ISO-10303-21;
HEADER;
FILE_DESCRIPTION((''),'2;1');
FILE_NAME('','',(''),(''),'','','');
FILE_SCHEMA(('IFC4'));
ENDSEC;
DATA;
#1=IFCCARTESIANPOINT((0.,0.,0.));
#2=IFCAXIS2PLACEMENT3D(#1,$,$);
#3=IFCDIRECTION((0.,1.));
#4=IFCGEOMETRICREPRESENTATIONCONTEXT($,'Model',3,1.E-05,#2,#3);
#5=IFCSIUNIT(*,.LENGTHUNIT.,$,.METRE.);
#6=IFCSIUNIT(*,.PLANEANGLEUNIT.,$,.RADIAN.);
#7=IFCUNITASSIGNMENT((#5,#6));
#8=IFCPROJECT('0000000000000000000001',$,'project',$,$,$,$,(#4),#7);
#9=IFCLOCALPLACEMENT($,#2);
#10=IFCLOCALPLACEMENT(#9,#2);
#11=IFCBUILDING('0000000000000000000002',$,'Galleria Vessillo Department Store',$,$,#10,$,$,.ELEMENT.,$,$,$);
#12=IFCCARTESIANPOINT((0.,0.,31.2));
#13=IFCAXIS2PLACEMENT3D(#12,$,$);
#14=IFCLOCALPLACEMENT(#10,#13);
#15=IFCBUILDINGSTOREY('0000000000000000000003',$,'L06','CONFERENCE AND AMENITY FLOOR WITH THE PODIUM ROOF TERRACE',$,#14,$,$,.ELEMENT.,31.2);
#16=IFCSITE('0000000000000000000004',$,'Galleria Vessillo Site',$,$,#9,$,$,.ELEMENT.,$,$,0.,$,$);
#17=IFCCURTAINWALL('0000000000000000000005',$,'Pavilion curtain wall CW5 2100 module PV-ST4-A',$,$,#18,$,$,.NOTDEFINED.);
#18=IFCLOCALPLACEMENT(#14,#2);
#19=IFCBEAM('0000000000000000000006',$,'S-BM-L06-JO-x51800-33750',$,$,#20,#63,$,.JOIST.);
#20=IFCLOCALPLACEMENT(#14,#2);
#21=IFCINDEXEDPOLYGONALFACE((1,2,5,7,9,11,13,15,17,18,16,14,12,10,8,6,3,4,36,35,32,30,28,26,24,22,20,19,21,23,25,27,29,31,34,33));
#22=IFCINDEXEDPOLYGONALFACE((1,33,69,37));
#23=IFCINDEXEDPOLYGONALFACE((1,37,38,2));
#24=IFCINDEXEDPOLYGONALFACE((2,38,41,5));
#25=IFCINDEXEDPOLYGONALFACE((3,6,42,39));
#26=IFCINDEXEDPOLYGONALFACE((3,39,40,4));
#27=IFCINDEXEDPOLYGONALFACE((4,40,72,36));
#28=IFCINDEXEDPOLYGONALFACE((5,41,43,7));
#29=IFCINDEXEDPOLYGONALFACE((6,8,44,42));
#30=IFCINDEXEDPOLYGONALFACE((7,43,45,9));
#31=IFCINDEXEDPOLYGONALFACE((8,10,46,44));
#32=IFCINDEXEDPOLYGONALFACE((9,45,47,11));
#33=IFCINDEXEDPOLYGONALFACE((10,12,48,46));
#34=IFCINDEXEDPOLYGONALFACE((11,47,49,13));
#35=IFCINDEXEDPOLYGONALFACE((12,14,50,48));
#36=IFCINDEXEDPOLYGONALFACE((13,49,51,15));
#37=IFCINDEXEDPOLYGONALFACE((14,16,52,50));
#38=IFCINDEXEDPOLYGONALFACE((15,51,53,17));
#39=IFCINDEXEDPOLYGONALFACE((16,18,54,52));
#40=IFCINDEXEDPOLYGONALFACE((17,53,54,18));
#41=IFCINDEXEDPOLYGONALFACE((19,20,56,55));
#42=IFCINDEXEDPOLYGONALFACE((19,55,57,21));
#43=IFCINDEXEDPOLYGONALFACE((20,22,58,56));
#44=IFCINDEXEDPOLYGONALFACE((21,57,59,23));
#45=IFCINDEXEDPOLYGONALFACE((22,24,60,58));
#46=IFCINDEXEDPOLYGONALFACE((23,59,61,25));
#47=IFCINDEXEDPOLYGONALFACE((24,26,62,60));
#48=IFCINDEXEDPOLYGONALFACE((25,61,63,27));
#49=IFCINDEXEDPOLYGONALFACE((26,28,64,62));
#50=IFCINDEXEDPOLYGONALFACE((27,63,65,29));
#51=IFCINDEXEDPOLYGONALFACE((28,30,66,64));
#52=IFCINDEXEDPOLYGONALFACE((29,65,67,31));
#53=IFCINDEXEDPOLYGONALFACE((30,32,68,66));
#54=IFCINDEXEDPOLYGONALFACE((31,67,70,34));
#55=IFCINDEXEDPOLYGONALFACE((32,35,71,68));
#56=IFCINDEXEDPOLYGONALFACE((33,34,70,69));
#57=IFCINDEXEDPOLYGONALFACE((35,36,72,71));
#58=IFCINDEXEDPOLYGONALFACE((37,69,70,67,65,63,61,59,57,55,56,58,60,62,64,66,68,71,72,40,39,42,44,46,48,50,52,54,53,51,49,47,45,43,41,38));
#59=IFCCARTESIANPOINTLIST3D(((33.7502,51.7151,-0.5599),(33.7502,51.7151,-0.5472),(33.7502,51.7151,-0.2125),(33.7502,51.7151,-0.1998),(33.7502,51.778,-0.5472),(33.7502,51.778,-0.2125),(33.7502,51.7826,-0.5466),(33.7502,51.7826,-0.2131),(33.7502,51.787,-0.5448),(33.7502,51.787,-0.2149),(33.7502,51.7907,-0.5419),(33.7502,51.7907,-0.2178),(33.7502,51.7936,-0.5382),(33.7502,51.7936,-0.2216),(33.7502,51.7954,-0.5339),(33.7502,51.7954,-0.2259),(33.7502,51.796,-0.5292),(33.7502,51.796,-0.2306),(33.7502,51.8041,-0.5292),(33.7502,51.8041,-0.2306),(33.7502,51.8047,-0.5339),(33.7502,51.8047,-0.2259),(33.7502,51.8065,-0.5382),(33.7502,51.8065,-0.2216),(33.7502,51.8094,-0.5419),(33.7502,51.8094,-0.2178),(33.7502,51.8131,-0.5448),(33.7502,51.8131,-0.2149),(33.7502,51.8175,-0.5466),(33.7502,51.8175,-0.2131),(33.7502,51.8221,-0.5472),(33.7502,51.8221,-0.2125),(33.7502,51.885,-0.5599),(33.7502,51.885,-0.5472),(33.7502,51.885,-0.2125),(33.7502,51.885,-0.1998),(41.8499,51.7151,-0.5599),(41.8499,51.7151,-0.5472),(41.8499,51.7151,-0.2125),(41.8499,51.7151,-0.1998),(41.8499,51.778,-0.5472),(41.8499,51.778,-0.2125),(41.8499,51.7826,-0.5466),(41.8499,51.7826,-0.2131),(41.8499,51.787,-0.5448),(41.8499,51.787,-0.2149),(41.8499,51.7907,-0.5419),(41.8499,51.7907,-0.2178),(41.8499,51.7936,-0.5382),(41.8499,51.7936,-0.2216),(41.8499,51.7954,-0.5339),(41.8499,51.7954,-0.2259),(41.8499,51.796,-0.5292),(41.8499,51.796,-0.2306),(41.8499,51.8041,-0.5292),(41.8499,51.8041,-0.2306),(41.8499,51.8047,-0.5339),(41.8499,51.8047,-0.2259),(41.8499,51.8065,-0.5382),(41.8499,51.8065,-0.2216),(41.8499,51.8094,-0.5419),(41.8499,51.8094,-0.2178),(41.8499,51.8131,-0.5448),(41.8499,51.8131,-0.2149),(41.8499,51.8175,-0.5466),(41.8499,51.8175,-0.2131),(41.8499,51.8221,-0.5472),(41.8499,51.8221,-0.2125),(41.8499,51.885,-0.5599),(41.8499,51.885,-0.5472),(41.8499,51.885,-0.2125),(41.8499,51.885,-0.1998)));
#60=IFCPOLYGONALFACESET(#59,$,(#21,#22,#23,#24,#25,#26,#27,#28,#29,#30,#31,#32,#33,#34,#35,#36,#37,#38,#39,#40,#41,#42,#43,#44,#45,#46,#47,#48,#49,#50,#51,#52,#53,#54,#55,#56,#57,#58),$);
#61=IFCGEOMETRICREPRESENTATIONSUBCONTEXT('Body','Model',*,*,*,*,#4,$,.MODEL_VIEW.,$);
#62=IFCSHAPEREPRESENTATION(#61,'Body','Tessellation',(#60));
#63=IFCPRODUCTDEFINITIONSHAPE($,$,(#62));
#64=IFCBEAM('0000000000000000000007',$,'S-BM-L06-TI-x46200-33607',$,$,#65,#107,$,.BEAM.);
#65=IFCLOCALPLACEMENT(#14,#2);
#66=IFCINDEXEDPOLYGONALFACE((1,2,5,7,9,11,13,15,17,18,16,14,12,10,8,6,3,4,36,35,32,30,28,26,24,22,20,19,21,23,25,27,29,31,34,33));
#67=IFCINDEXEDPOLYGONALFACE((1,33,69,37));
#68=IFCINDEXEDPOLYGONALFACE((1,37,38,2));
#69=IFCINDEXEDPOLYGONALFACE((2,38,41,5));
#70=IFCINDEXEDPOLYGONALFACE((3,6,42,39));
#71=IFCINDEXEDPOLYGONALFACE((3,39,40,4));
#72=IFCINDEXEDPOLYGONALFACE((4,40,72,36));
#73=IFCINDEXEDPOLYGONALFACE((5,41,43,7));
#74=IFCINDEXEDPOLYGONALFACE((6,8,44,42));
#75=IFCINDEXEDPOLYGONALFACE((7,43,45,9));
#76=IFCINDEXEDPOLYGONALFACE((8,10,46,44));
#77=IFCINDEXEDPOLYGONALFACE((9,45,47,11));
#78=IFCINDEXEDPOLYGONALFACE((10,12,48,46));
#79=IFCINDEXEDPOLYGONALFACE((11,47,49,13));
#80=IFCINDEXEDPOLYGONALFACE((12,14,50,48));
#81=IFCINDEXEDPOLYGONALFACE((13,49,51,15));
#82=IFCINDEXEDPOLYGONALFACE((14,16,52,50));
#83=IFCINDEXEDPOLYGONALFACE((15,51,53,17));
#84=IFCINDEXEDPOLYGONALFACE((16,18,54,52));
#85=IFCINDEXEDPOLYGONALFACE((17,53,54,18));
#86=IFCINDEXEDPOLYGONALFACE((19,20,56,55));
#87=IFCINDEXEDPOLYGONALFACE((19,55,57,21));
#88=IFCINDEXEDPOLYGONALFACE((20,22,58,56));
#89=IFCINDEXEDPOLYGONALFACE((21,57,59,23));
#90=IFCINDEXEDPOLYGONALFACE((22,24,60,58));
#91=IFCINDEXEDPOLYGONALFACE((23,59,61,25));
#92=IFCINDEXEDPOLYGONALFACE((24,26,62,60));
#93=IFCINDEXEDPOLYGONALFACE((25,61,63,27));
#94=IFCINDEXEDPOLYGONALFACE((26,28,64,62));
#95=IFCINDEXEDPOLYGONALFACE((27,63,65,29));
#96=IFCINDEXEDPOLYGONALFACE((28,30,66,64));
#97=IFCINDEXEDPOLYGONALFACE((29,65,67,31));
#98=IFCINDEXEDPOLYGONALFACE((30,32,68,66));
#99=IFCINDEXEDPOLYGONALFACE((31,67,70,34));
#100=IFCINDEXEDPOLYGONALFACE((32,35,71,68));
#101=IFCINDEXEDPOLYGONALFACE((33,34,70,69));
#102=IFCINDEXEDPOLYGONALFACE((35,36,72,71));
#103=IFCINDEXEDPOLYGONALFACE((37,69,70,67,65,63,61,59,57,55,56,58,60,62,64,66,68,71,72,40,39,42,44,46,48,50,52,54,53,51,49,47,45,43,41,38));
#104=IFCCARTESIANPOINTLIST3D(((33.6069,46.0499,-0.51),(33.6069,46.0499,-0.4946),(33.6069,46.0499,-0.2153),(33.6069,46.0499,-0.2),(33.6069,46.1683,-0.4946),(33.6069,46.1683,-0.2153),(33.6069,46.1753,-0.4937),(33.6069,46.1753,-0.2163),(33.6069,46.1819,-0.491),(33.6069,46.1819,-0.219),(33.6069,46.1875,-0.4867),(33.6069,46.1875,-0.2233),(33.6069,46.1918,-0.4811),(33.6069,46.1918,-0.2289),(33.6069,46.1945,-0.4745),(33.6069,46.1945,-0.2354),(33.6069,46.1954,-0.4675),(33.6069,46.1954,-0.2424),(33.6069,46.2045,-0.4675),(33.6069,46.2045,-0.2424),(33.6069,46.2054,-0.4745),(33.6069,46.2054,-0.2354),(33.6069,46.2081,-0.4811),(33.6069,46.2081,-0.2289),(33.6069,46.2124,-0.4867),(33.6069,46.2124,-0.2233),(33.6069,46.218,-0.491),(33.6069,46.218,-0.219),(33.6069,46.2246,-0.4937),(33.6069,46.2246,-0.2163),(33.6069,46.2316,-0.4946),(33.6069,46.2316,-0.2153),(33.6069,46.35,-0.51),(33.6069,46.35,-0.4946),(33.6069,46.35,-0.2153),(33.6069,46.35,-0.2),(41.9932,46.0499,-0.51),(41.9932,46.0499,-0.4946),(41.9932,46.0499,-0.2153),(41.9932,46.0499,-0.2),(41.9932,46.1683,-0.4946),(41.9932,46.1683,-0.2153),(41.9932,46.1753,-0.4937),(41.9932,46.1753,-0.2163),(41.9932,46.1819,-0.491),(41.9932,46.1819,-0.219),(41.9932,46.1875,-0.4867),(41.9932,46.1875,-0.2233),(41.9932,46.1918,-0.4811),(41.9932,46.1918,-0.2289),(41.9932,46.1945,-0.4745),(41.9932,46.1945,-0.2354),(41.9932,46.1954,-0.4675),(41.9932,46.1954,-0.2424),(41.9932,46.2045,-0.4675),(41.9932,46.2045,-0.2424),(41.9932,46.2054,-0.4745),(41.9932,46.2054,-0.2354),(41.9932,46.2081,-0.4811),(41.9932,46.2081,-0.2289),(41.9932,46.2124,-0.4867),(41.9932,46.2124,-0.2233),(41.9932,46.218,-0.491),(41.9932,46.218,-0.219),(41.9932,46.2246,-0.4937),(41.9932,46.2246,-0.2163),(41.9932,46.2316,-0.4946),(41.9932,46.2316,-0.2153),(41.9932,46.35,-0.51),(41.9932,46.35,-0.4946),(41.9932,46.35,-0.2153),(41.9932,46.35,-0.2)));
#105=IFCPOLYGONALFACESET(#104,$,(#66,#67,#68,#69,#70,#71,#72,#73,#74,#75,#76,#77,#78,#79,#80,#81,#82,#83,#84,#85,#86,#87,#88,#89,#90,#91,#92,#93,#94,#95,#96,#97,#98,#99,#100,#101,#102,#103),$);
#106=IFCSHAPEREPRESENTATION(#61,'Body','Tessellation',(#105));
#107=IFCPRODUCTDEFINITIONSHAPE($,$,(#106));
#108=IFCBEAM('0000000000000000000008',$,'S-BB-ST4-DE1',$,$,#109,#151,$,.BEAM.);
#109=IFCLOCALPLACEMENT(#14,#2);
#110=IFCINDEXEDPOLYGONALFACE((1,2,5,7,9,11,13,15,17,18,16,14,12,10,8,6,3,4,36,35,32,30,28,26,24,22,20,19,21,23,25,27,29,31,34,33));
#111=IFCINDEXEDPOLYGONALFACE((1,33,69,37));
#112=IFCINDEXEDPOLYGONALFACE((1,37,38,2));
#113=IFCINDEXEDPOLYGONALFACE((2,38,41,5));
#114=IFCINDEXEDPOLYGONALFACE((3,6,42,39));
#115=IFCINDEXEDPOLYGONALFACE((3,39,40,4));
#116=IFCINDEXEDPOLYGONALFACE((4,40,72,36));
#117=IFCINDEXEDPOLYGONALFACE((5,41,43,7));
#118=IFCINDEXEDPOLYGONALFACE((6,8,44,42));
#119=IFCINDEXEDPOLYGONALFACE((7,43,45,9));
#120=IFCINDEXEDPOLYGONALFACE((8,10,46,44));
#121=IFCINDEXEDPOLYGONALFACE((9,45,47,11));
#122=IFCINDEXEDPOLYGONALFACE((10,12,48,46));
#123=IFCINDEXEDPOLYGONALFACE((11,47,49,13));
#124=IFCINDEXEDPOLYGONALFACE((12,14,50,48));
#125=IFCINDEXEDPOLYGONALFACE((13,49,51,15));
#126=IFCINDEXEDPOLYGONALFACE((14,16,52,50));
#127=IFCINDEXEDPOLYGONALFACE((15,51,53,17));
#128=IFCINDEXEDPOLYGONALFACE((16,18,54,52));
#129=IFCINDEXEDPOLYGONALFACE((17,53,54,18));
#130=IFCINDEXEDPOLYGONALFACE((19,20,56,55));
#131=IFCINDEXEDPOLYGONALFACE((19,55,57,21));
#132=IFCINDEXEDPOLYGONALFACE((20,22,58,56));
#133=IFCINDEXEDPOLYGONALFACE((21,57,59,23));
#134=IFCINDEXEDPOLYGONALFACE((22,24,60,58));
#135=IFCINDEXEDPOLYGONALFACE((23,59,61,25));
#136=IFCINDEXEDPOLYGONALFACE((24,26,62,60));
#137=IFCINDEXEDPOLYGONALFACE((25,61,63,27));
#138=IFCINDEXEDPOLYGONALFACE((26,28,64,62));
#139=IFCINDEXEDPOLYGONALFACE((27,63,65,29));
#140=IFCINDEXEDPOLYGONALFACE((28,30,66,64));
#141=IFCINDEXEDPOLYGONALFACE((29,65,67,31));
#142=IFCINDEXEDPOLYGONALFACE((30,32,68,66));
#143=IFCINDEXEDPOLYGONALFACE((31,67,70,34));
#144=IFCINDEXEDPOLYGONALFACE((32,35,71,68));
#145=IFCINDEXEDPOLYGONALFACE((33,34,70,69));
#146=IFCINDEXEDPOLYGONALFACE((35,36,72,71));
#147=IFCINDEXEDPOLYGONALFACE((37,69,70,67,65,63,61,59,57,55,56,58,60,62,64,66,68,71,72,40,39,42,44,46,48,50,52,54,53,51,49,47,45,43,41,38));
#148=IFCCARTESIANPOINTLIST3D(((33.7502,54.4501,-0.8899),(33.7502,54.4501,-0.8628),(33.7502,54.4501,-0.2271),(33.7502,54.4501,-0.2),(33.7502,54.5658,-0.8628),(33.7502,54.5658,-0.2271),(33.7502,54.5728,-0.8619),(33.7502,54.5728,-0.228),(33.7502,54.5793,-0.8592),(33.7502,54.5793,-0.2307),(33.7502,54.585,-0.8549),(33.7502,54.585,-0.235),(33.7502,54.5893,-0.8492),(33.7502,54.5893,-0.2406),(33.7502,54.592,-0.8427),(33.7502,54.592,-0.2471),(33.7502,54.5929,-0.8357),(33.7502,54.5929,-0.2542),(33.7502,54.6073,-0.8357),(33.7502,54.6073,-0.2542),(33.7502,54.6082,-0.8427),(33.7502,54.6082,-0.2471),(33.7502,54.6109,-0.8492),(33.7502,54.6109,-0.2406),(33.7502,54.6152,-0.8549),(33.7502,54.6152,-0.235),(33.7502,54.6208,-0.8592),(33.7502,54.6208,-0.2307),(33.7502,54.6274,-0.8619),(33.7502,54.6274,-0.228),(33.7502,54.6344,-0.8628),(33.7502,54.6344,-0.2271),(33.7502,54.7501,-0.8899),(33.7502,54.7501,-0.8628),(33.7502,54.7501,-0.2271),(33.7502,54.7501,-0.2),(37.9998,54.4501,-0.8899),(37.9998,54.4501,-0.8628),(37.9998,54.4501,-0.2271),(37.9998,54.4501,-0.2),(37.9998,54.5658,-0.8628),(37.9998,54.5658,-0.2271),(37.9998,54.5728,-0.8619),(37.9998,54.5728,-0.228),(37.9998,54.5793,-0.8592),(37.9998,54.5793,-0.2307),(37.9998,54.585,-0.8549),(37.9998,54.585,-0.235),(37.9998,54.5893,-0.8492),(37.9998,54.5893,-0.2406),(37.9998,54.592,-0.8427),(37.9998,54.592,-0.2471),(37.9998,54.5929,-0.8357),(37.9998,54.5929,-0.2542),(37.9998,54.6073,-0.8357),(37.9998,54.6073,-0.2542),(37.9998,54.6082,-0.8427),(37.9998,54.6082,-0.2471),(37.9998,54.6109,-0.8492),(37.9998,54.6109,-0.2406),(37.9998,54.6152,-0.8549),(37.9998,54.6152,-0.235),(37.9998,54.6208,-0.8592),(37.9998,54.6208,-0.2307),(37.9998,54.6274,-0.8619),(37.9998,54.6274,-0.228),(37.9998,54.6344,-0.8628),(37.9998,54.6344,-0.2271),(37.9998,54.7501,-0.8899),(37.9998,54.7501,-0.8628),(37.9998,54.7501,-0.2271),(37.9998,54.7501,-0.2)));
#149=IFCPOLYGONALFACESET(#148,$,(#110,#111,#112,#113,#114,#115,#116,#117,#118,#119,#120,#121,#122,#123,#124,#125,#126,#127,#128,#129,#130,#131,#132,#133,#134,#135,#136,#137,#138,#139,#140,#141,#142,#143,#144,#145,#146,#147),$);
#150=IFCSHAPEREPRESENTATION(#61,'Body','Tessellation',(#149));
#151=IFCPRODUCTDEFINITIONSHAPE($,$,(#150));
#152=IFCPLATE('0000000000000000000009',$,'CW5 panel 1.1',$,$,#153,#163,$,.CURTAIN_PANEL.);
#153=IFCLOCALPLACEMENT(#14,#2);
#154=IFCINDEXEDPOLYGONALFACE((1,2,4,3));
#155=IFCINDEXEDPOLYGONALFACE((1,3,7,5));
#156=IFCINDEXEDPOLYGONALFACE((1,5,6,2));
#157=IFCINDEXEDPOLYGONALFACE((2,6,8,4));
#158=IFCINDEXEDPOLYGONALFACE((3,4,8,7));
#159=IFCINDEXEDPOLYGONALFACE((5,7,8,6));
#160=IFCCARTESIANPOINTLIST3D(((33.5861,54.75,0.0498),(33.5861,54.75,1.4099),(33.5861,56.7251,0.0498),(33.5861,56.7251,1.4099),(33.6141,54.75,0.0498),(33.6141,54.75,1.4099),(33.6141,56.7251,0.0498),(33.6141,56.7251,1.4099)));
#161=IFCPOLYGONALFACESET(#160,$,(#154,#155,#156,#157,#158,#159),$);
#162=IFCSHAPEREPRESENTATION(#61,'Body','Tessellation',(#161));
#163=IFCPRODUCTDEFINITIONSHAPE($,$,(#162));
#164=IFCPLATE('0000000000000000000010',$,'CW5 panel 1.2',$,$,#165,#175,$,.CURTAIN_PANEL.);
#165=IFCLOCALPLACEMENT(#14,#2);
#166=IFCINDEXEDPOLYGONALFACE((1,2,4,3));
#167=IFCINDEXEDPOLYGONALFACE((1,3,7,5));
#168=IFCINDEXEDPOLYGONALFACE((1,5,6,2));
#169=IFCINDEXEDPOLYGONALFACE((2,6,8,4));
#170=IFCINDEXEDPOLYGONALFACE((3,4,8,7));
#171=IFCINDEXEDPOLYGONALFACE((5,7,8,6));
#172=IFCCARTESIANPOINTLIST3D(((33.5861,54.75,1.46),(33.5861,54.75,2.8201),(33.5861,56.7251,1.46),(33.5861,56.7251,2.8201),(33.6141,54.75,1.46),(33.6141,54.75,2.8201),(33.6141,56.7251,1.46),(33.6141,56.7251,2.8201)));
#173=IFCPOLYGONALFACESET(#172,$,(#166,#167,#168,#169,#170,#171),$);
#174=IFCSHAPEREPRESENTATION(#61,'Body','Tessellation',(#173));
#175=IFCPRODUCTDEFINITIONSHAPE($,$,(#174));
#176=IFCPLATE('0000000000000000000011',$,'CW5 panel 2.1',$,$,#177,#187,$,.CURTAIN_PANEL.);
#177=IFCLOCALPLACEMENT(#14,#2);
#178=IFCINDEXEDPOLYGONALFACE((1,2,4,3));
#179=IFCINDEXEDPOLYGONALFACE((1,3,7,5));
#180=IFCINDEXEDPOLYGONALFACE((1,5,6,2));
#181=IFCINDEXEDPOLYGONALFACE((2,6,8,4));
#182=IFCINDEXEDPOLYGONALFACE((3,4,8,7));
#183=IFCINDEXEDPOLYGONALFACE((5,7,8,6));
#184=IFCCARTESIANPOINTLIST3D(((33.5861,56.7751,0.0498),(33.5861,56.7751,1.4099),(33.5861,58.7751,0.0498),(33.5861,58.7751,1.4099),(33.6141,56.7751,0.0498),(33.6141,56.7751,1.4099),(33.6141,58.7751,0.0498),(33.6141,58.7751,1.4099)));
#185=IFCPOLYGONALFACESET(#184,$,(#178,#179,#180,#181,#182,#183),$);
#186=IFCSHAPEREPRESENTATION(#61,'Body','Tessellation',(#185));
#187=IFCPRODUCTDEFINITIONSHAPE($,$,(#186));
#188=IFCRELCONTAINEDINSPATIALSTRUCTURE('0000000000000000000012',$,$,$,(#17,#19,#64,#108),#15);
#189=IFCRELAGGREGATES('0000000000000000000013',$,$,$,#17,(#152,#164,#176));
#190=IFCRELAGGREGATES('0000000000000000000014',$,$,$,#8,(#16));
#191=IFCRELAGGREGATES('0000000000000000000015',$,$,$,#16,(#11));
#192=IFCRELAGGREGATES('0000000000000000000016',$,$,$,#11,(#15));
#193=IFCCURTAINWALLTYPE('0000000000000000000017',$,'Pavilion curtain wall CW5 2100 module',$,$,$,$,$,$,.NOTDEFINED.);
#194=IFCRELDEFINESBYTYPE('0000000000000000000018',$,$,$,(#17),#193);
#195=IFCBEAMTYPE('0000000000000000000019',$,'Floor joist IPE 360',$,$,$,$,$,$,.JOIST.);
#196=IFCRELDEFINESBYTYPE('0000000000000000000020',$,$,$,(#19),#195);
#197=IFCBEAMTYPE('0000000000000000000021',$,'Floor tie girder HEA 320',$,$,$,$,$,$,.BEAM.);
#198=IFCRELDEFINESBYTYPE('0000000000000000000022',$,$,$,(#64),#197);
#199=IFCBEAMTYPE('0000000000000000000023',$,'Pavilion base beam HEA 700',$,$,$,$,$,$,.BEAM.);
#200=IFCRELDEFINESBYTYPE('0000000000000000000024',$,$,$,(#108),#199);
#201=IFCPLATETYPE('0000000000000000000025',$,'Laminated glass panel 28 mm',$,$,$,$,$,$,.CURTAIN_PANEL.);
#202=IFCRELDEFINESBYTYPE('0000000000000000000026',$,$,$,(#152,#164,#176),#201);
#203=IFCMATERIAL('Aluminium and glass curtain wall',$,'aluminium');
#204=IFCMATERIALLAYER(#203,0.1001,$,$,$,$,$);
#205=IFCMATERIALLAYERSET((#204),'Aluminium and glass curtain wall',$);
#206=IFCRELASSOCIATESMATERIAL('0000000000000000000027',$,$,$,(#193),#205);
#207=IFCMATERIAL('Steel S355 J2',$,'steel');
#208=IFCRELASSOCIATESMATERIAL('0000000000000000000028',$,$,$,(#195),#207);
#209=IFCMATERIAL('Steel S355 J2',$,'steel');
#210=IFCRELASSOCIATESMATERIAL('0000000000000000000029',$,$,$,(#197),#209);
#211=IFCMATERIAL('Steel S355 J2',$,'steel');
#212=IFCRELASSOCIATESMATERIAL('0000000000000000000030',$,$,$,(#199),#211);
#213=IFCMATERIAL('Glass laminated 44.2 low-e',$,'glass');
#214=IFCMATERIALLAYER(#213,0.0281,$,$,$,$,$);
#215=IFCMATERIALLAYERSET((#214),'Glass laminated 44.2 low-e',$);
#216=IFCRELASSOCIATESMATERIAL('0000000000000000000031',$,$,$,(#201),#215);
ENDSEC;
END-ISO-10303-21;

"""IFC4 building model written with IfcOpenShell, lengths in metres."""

from ifc_helpers import new_model, si_unit, direction, frame, origin, origin_2d, place, context, subcontext, project, spatial, rectangle, i_section, extrude, material, layer, layer_set, material_profile, profile_set, type_object, element, aggregate, save


model = new_model("IFC4")

# Units and contexts
model_context = context("Model", 3, precision=1e-05, world=origin(), true_north=direction((0.0, 1.0)))
body_context = subcontext(model_context, "Body", "Model", "MODEL_VIEW")
ifc_project = project(units=[si_unit("LENGTHUNIT", "METRE"), si_unit("PLANEANGLEUNIT", "RADIAN")], contexts=[model_context])

# Site, building, storey
site_placement = place(None, origin())
site = spatial("IfcSite", under=ifc_project, at=site_placement, Name="Galleria Vessillo Site", CompositionType="ELEMENT", RefElevation=0.0)
building_placement = place(site_placement, origin())
building = spatial("IfcBuilding", under=site, at=building_placement, Name="Galleria Vessillo Department Store", CompositionType="ELEMENT")
storey_placement = place(building_placement, frame((0.0, 0.0, 31.2)))
storey = spatial("IfcBuildingStorey", under=building, at=storey_placement, Name="L06", Description="CONFERENCE AND AMENITY FLOOR WITH THE PODIUM ROOF TERRACE", CompositionType="ELEMENT", Elevation=31.2)

# Curtain wall
ifc_material_1 = material(Name="Aluminium and glass curtain wall", Category="aluminium")
ifc_layer_1 = layer(ifc_material_1, 0.1001)
ifc_layer_set_1 = layer_set([ifc_layer_1], Name="Aluminium and glass curtain wall")
curtain_wall_type = type_object("IfcCurtainWallType", Name="Pavilion curtain wall CW5 2100 module", PredefinedType="NOTDEFINED", material=ifc_layer_set_1)
curtain_wall_placement = place(storey_placement, origin())
curtain_wall = element("IfcCurtainWall", 1, at=curtain_wall_placement, inside=storey, type_object=curtain_wall_type, Name="Pavilion curtain wall CW5 2100 module PV-ST4-A", PredefinedType="NOTDEFINED")

# Beams
ifc_material_2 = material(Name="Steel S355 J2", Category="steel")
ifc_material_profile_1 = material_profile(ifc_material_2, i_section(OverallWidth=0.1699, OverallDepth=0.3601, WebThickness=0.0081, FlangeThickness=0.0127, FilletRadius=0.0181, at=origin_2d()), Name="IPE 360")
ifc_profile_set_1 = profile_set([ifc_material_profile_1], Name="Steel S355 J2")
beam_type_1 = type_object("IfcBeamType", Name="Floor joist IPE 360", PredefinedType="JOIST", material=ifc_profile_set_1)
for number, where, z_axis, x_axis, name in (
    (2, (33.7502, 51.8, -0.3799), (1.0, 0.0, 0.0), (0.0, 1.0, 0.0), "S-BM-L06-JO-x51800-33750"),
):
    element("IfcBeam", number, at=place(storey_placement, frame(where, z_axis=z_axis, x_axis=x_axis)), inside=storey, type_object=beam_type_1, Name=name, PredefinedType="JOIST", context=body_context, shape_type="SweptSolid", body=[
        extrude(i_section(OverallWidth=0.1699, OverallDepth=0.3601, WebThickness=0.0081, FlangeThickness=0.0127, FilletRadius=0.0181, at=origin_2d()), origin(), (0.0, 0.0, 1.0), 8.0996),
    ])
ifc_material_3 = material(Name="Steel S355 J2", Category="steel")
ifc_material_profile_2 = material_profile(ifc_material_3, i_section(OverallWidth=0.3, OverallDepth=0.3101, WebThickness=0.009, FlangeThickness=0.0154, FilletRadius=0.0271, at=origin_2d()), Name="HEA 320")
ifc_profile_set_2 = profile_set([ifc_material_profile_2], Name="Steel S355 J2")
beam_type_2 = type_object("IfcBeamType", Name="Floor tie girder HEA 320", PredefinedType="BEAM", material=ifc_profile_set_2)
beam_1_placement = place(storey_placement, frame((33.6069, 46.2, -0.355), z_axis=(1.0, 0.0, 0.0), x_axis=(0.0, 1.0, 0.0)))
element("IfcBeam", 3, at=beam_1_placement, inside=storey, type_object=beam_type_2, Name="S-BM-L06-TI-x46200-33607", PredefinedType="BEAM", context=body_context, shape_type="SweptSolid", body=[
    extrude(i_section(OverallWidth=0.3, OverallDepth=0.3101, WebThickness=0.009, FlangeThickness=0.0154, FilletRadius=0.0271, at=origin_2d()), origin(), (0.0, 0.0, 1.0), 8.3862),
])
ifc_material_4 = material(Name="Steel S355 J2", Category="steel")
ifc_material_profile_3 = material_profile(ifc_material_4, i_section(OverallWidth=0.3, OverallDepth=0.6899, WebThickness=0.0144, FlangeThickness=0.0271, FilletRadius=0.0271, at=origin_2d()), Name="HEA 700")
ifc_profile_set_3 = profile_set([ifc_material_profile_3], Name="Steel S355 J2")
beam_type_3 = type_object("IfcBeamType", Name="Pavilion base beam HEA 700", PredefinedType="BEAM", material=ifc_profile_set_3)
beam_2_placement = place(storey_placement, frame((33.7502, 54.6001, -0.5449), z_axis=(1.0, 0.0, 0.0), x_axis=(0.0, 1.0, 0.0)))
element("IfcBeam", 4, at=beam_2_placement, inside=storey, type_object=beam_type_3, Name="S-BB-ST4-DE1", PredefinedType="BEAM", context=body_context, shape_type="SweptSolid", body=[
    extrude(i_section(OverallWidth=0.3, OverallDepth=0.6899, WebThickness=0.0144, FlangeThickness=0.0271, FilletRadius=0.0271, at=origin_2d()), origin(), (0.0, 0.0, 1.0), 4.2495),
])

# Plates
ifc_material_5 = material(Name="Glass laminated 44.2 low-e", Category="glass")
ifc_layer_2 = layer(ifc_material_5, 0.0281)
ifc_layer_set_2 = layer_set([ifc_layer_2], Name="Glass laminated 44.2 low-e")
plate_type = type_object("IfcPlateType", Name="Laminated glass panel 28 mm", PredefinedType="CURTAIN_PANEL", material=ifc_layer_set_2)
plate_1_placement = place(storey_placement, frame((33.6001, 55.7375, 0.0498), z_axis=(0.0, 0.0, 1.0), x_axis=(0.0, 1.0, 0.0)))
plate_1 = element("IfcPlate", 5, at=plate_1_placement, type_object=plate_type, Name="CW5 panel 1.1", PredefinedType="CURTAIN_PANEL", context=body_context, shape_type="SweptSolid", body=[
    extrude(rectangle(XDim=1.9751, YDim=0.0281, at=origin_2d()), origin(), (0.0, 0.0, 1.0), 1.3601),
])
plate_2_placement = place(storey_placement, frame((33.6001, 55.7375, 1.46), z_axis=(0.0, 0.0, 1.0), x_axis=(0.0, 1.0, 0.0)))
plate_2 = element("IfcPlate", 6, at=plate_2_placement, type_object=plate_type, Name="CW5 panel 1.2", PredefinedType="CURTAIN_PANEL", context=body_context, shape_type="SweptSolid", body=[
    extrude(rectangle(XDim=1.9751, YDim=0.0281, at=origin_2d()), origin(), (0.0, 0.0, 1.0), 1.3601),
])
plate_3_placement = place(storey_placement, frame((33.6001, 57.7751, 0.0498), z_axis=(0.0, 0.0, 1.0), x_axis=(0.0, 1.0, 0.0)))
plate_3 = element("IfcPlate", 7, at=plate_3_placement, type_object=plate_type, Name="CW5 panel 2.1", PredefinedType="CURTAIN_PANEL", context=body_context, shape_type="SweptSolid", body=[
    extrude(rectangle(XDim=2.0, YDim=0.0281, at=origin_2d()), origin(), (0.0, 0.0, 1.0), 1.3601),
])
aggregate(curtain_wall, [plate_1, plate_2, plate_3])

save(model, "model.ifc")
